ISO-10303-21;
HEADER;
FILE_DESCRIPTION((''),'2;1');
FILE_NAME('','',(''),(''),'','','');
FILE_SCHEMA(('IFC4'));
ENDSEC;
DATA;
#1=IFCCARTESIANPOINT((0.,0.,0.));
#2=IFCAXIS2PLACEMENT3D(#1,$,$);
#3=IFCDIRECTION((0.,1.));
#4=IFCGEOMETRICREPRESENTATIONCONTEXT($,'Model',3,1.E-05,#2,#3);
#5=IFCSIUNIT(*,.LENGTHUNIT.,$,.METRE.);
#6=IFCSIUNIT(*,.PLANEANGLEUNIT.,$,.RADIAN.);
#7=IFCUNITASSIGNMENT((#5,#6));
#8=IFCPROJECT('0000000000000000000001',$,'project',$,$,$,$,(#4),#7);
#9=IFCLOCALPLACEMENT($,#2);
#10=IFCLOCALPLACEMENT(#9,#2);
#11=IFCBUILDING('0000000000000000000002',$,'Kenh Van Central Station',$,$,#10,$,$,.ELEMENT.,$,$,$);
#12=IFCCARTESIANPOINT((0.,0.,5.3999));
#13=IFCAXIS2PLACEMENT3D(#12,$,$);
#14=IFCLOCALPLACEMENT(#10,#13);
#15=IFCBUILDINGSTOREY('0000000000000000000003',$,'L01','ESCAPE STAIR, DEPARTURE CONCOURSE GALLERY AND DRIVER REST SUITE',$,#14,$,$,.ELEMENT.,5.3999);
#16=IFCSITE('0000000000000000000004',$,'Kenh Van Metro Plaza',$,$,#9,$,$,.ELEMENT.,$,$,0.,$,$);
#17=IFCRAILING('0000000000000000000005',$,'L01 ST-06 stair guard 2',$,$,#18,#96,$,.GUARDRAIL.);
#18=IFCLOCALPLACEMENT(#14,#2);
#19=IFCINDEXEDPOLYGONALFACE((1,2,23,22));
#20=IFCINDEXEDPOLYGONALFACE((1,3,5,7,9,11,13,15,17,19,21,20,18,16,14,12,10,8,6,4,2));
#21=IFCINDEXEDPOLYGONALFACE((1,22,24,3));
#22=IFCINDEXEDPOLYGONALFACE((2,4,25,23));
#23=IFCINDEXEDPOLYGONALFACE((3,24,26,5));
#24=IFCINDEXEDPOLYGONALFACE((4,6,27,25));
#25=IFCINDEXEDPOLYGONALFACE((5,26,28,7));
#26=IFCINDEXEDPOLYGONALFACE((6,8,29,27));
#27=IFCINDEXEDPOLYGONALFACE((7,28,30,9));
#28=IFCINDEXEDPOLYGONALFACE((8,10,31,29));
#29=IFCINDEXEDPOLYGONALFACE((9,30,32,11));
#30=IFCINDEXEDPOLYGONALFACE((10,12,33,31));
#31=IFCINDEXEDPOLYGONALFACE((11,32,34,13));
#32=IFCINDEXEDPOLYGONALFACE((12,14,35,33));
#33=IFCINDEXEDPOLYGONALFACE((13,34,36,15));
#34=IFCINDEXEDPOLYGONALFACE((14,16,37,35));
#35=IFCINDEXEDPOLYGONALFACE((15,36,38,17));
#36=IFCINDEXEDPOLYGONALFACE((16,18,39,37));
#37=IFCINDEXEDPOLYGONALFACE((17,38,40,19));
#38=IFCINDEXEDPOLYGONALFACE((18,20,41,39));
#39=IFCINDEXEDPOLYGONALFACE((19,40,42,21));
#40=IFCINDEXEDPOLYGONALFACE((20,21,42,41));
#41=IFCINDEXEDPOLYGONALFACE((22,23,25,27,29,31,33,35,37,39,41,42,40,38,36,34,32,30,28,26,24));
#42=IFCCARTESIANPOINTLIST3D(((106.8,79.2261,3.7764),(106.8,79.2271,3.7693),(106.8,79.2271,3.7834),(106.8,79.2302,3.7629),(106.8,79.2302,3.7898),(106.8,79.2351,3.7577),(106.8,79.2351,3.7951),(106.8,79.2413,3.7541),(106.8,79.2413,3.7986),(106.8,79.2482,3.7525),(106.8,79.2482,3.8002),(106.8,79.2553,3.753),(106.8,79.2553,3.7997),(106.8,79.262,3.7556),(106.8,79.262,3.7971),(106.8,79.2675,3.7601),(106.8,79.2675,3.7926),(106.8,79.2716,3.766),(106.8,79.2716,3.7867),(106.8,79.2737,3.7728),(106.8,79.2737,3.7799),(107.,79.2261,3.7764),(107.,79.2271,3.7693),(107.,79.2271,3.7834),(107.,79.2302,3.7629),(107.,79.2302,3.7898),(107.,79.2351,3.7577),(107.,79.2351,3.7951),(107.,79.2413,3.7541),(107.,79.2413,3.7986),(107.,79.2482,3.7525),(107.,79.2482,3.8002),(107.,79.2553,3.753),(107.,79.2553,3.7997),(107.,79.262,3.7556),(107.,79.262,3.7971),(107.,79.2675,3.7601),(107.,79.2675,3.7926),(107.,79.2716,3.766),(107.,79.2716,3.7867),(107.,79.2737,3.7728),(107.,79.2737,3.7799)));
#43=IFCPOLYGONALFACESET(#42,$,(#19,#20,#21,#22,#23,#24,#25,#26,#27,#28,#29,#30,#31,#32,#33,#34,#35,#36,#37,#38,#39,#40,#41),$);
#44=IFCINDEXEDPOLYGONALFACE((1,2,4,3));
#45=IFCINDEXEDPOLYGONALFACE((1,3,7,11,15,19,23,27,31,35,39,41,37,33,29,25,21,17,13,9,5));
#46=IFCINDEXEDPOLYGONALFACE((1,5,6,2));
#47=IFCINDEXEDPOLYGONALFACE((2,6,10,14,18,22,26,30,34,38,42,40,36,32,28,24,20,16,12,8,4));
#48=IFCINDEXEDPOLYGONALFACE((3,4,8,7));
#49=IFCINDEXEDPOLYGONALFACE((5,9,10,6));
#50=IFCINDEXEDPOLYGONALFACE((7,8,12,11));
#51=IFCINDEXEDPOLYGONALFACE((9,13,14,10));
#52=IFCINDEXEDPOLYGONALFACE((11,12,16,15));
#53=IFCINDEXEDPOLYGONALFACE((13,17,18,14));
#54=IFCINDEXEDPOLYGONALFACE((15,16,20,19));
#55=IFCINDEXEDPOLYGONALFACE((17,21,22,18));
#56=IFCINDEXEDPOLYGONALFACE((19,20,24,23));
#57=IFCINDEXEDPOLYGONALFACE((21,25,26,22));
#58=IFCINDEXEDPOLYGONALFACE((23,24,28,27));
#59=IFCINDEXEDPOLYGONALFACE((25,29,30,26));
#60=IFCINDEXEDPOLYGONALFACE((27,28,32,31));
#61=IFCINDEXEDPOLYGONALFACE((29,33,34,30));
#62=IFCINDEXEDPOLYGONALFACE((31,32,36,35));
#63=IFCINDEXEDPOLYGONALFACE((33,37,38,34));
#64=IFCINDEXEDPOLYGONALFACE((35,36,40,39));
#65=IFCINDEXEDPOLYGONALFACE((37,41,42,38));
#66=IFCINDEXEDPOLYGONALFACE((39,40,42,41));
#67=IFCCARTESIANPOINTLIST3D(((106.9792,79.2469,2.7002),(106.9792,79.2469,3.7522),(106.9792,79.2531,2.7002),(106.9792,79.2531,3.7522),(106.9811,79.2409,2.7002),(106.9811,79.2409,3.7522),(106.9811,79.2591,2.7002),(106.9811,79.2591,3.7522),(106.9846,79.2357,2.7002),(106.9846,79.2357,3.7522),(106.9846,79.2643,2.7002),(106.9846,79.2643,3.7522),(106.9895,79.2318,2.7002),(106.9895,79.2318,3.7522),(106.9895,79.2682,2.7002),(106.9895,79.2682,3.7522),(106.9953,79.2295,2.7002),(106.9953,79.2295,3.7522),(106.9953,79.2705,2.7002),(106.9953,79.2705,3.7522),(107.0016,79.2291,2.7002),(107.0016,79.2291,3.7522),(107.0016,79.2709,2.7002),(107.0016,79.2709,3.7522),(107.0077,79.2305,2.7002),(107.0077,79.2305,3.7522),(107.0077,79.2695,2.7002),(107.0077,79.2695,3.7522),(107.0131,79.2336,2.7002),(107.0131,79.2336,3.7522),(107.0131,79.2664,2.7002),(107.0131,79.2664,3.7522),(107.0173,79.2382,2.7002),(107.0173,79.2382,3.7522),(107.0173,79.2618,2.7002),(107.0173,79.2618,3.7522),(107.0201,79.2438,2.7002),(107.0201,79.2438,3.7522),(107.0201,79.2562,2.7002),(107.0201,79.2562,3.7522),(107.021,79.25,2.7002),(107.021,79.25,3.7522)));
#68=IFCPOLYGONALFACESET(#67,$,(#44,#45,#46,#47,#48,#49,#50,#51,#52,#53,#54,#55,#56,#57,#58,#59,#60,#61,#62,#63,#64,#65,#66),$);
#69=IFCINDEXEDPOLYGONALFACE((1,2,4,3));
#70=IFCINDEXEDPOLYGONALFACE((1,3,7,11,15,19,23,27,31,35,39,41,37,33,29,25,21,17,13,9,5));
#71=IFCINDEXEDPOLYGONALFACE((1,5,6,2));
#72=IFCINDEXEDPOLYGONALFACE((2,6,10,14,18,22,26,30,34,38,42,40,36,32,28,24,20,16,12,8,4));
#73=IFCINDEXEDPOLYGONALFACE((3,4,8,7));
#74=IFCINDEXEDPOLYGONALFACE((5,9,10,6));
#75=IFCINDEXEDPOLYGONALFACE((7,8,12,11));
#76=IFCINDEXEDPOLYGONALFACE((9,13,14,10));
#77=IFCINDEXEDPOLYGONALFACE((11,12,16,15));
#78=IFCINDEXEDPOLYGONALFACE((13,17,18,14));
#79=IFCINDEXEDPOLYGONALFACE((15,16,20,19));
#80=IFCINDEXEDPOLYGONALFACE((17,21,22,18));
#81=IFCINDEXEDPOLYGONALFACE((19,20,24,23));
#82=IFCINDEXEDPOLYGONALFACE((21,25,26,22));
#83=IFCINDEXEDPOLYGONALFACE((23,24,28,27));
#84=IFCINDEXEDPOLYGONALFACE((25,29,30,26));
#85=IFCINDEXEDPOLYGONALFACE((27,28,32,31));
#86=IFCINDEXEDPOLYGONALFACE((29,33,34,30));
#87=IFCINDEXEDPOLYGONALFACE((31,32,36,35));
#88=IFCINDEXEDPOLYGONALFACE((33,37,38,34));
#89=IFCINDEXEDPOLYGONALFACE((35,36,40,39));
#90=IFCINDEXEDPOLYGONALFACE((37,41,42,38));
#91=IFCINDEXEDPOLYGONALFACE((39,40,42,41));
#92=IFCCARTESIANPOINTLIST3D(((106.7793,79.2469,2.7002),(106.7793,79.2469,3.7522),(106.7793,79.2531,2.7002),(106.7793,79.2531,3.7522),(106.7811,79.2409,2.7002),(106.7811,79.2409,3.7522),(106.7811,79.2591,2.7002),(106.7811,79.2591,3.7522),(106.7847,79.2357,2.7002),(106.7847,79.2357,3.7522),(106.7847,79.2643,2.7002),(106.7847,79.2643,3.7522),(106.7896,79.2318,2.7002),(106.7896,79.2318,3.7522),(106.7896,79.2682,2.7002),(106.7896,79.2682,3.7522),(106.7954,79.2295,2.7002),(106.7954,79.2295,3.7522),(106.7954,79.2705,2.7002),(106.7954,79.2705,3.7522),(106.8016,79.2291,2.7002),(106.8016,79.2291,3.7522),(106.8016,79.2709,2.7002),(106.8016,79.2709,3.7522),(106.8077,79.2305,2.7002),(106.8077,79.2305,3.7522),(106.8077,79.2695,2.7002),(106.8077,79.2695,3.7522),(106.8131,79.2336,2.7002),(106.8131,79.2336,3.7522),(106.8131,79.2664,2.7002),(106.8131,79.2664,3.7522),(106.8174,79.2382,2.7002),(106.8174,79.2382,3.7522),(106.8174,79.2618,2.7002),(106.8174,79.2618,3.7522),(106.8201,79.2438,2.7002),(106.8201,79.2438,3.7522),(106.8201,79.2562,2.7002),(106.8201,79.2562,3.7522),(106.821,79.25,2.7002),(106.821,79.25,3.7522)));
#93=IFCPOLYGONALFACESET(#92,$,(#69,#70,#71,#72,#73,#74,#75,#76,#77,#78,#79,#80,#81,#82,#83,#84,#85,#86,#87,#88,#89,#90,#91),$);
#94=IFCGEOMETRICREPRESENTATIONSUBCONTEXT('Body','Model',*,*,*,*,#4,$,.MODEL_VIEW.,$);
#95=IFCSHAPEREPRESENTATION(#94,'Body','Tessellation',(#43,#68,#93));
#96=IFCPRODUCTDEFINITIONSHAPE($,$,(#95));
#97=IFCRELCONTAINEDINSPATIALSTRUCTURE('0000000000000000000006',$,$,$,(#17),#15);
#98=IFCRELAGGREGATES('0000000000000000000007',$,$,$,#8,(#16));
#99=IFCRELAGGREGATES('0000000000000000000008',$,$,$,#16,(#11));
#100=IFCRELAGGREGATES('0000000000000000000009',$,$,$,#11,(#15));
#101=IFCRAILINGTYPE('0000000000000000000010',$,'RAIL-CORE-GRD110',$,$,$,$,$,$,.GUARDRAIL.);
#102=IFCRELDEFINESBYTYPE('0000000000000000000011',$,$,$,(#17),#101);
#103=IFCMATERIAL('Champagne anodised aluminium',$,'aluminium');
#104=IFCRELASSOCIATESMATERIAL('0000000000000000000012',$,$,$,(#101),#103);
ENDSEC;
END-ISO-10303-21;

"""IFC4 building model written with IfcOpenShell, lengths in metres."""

from ifc_helpers import new_model, si_unit, direction, frame, origin, origin_2d, place, context, subcontext, project, spatial, circle, extrude, material, type_object, element, save


model = new_model("IFC4")

# Units and contexts
model_context = context("Model", 3, precision=1e-05, world=origin(), true_north=direction((0.0, 1.0)))
body_context = subcontext(model_context, "Body", "Model", "MODEL_VIEW")
ifc_project = project(units=[si_unit("LENGTHUNIT", "METRE"), si_unit("PLANEANGLEUNIT", "RADIAN")], contexts=[model_context])

# Site, building, storey
site_placement = place(None, origin())
site = spatial("IfcSite", under=ifc_project, at=site_placement, Name="Kenh Van Metro Plaza", CompositionType="ELEMENT", RefElevation=0.0)
building_placement = place(site_placement, origin())
building = spatial("IfcBuilding", under=site, at=building_placement, Name="Kenh Van Central Station", CompositionType="ELEMENT")
storey_placement = place(building_placement, frame((0.0, 0.0, 5.3999)))
storey = spatial("IfcBuildingStorey", under=building, at=storey_placement, Name="L01", Description="ESCAPE STAIR, DEPARTURE CONCOURSE GALLERY AND DRIVER REST SUITE", CompositionType="ELEMENT", Elevation=5.3999)

# Shared definitions
ifc_material_1 = material(Name="Champagne anodised aluminium", Category="aluminium")

# Railing
railing_type_1 = type_object("IfcRailingType", Name="RAIL-CORE-GRD110", PredefinedType="GUARDRAIL", material=ifc_material_1)
railing_1_placement = place(storey_placement, frame((107.0, 79.25, 2.7002)))
element("IfcRailing", 1, at=railing_1_placement, inside=storey, type_object=railing_type_1, Name="L01 ST-06 stair guard 2", PredefinedType="GUARDRAIL", context=body_context, shape_type="SweptSolid", body=[
    extrude(circle(Radius=0.0239, at=origin_2d()), frame((0.0, 0.0, 1.0762), z_axis=(-1.0, 0.0, 0.0), x_axis=(0.0, -1.0, 0.0)), (0.0, 0.0, 1.0), 0.2),
    extrude(circle(Radius=0.021, at=origin_2d()), origin(), (0.0, 0.0, 1.0), 1.052),
    extrude(circle(Radius=0.021, at=origin_2d()), frame((-0.2, 0.0, 0.0)), (0.0, 0.0, 1.0), 1.052),
])

save(model, "model.ifc")
